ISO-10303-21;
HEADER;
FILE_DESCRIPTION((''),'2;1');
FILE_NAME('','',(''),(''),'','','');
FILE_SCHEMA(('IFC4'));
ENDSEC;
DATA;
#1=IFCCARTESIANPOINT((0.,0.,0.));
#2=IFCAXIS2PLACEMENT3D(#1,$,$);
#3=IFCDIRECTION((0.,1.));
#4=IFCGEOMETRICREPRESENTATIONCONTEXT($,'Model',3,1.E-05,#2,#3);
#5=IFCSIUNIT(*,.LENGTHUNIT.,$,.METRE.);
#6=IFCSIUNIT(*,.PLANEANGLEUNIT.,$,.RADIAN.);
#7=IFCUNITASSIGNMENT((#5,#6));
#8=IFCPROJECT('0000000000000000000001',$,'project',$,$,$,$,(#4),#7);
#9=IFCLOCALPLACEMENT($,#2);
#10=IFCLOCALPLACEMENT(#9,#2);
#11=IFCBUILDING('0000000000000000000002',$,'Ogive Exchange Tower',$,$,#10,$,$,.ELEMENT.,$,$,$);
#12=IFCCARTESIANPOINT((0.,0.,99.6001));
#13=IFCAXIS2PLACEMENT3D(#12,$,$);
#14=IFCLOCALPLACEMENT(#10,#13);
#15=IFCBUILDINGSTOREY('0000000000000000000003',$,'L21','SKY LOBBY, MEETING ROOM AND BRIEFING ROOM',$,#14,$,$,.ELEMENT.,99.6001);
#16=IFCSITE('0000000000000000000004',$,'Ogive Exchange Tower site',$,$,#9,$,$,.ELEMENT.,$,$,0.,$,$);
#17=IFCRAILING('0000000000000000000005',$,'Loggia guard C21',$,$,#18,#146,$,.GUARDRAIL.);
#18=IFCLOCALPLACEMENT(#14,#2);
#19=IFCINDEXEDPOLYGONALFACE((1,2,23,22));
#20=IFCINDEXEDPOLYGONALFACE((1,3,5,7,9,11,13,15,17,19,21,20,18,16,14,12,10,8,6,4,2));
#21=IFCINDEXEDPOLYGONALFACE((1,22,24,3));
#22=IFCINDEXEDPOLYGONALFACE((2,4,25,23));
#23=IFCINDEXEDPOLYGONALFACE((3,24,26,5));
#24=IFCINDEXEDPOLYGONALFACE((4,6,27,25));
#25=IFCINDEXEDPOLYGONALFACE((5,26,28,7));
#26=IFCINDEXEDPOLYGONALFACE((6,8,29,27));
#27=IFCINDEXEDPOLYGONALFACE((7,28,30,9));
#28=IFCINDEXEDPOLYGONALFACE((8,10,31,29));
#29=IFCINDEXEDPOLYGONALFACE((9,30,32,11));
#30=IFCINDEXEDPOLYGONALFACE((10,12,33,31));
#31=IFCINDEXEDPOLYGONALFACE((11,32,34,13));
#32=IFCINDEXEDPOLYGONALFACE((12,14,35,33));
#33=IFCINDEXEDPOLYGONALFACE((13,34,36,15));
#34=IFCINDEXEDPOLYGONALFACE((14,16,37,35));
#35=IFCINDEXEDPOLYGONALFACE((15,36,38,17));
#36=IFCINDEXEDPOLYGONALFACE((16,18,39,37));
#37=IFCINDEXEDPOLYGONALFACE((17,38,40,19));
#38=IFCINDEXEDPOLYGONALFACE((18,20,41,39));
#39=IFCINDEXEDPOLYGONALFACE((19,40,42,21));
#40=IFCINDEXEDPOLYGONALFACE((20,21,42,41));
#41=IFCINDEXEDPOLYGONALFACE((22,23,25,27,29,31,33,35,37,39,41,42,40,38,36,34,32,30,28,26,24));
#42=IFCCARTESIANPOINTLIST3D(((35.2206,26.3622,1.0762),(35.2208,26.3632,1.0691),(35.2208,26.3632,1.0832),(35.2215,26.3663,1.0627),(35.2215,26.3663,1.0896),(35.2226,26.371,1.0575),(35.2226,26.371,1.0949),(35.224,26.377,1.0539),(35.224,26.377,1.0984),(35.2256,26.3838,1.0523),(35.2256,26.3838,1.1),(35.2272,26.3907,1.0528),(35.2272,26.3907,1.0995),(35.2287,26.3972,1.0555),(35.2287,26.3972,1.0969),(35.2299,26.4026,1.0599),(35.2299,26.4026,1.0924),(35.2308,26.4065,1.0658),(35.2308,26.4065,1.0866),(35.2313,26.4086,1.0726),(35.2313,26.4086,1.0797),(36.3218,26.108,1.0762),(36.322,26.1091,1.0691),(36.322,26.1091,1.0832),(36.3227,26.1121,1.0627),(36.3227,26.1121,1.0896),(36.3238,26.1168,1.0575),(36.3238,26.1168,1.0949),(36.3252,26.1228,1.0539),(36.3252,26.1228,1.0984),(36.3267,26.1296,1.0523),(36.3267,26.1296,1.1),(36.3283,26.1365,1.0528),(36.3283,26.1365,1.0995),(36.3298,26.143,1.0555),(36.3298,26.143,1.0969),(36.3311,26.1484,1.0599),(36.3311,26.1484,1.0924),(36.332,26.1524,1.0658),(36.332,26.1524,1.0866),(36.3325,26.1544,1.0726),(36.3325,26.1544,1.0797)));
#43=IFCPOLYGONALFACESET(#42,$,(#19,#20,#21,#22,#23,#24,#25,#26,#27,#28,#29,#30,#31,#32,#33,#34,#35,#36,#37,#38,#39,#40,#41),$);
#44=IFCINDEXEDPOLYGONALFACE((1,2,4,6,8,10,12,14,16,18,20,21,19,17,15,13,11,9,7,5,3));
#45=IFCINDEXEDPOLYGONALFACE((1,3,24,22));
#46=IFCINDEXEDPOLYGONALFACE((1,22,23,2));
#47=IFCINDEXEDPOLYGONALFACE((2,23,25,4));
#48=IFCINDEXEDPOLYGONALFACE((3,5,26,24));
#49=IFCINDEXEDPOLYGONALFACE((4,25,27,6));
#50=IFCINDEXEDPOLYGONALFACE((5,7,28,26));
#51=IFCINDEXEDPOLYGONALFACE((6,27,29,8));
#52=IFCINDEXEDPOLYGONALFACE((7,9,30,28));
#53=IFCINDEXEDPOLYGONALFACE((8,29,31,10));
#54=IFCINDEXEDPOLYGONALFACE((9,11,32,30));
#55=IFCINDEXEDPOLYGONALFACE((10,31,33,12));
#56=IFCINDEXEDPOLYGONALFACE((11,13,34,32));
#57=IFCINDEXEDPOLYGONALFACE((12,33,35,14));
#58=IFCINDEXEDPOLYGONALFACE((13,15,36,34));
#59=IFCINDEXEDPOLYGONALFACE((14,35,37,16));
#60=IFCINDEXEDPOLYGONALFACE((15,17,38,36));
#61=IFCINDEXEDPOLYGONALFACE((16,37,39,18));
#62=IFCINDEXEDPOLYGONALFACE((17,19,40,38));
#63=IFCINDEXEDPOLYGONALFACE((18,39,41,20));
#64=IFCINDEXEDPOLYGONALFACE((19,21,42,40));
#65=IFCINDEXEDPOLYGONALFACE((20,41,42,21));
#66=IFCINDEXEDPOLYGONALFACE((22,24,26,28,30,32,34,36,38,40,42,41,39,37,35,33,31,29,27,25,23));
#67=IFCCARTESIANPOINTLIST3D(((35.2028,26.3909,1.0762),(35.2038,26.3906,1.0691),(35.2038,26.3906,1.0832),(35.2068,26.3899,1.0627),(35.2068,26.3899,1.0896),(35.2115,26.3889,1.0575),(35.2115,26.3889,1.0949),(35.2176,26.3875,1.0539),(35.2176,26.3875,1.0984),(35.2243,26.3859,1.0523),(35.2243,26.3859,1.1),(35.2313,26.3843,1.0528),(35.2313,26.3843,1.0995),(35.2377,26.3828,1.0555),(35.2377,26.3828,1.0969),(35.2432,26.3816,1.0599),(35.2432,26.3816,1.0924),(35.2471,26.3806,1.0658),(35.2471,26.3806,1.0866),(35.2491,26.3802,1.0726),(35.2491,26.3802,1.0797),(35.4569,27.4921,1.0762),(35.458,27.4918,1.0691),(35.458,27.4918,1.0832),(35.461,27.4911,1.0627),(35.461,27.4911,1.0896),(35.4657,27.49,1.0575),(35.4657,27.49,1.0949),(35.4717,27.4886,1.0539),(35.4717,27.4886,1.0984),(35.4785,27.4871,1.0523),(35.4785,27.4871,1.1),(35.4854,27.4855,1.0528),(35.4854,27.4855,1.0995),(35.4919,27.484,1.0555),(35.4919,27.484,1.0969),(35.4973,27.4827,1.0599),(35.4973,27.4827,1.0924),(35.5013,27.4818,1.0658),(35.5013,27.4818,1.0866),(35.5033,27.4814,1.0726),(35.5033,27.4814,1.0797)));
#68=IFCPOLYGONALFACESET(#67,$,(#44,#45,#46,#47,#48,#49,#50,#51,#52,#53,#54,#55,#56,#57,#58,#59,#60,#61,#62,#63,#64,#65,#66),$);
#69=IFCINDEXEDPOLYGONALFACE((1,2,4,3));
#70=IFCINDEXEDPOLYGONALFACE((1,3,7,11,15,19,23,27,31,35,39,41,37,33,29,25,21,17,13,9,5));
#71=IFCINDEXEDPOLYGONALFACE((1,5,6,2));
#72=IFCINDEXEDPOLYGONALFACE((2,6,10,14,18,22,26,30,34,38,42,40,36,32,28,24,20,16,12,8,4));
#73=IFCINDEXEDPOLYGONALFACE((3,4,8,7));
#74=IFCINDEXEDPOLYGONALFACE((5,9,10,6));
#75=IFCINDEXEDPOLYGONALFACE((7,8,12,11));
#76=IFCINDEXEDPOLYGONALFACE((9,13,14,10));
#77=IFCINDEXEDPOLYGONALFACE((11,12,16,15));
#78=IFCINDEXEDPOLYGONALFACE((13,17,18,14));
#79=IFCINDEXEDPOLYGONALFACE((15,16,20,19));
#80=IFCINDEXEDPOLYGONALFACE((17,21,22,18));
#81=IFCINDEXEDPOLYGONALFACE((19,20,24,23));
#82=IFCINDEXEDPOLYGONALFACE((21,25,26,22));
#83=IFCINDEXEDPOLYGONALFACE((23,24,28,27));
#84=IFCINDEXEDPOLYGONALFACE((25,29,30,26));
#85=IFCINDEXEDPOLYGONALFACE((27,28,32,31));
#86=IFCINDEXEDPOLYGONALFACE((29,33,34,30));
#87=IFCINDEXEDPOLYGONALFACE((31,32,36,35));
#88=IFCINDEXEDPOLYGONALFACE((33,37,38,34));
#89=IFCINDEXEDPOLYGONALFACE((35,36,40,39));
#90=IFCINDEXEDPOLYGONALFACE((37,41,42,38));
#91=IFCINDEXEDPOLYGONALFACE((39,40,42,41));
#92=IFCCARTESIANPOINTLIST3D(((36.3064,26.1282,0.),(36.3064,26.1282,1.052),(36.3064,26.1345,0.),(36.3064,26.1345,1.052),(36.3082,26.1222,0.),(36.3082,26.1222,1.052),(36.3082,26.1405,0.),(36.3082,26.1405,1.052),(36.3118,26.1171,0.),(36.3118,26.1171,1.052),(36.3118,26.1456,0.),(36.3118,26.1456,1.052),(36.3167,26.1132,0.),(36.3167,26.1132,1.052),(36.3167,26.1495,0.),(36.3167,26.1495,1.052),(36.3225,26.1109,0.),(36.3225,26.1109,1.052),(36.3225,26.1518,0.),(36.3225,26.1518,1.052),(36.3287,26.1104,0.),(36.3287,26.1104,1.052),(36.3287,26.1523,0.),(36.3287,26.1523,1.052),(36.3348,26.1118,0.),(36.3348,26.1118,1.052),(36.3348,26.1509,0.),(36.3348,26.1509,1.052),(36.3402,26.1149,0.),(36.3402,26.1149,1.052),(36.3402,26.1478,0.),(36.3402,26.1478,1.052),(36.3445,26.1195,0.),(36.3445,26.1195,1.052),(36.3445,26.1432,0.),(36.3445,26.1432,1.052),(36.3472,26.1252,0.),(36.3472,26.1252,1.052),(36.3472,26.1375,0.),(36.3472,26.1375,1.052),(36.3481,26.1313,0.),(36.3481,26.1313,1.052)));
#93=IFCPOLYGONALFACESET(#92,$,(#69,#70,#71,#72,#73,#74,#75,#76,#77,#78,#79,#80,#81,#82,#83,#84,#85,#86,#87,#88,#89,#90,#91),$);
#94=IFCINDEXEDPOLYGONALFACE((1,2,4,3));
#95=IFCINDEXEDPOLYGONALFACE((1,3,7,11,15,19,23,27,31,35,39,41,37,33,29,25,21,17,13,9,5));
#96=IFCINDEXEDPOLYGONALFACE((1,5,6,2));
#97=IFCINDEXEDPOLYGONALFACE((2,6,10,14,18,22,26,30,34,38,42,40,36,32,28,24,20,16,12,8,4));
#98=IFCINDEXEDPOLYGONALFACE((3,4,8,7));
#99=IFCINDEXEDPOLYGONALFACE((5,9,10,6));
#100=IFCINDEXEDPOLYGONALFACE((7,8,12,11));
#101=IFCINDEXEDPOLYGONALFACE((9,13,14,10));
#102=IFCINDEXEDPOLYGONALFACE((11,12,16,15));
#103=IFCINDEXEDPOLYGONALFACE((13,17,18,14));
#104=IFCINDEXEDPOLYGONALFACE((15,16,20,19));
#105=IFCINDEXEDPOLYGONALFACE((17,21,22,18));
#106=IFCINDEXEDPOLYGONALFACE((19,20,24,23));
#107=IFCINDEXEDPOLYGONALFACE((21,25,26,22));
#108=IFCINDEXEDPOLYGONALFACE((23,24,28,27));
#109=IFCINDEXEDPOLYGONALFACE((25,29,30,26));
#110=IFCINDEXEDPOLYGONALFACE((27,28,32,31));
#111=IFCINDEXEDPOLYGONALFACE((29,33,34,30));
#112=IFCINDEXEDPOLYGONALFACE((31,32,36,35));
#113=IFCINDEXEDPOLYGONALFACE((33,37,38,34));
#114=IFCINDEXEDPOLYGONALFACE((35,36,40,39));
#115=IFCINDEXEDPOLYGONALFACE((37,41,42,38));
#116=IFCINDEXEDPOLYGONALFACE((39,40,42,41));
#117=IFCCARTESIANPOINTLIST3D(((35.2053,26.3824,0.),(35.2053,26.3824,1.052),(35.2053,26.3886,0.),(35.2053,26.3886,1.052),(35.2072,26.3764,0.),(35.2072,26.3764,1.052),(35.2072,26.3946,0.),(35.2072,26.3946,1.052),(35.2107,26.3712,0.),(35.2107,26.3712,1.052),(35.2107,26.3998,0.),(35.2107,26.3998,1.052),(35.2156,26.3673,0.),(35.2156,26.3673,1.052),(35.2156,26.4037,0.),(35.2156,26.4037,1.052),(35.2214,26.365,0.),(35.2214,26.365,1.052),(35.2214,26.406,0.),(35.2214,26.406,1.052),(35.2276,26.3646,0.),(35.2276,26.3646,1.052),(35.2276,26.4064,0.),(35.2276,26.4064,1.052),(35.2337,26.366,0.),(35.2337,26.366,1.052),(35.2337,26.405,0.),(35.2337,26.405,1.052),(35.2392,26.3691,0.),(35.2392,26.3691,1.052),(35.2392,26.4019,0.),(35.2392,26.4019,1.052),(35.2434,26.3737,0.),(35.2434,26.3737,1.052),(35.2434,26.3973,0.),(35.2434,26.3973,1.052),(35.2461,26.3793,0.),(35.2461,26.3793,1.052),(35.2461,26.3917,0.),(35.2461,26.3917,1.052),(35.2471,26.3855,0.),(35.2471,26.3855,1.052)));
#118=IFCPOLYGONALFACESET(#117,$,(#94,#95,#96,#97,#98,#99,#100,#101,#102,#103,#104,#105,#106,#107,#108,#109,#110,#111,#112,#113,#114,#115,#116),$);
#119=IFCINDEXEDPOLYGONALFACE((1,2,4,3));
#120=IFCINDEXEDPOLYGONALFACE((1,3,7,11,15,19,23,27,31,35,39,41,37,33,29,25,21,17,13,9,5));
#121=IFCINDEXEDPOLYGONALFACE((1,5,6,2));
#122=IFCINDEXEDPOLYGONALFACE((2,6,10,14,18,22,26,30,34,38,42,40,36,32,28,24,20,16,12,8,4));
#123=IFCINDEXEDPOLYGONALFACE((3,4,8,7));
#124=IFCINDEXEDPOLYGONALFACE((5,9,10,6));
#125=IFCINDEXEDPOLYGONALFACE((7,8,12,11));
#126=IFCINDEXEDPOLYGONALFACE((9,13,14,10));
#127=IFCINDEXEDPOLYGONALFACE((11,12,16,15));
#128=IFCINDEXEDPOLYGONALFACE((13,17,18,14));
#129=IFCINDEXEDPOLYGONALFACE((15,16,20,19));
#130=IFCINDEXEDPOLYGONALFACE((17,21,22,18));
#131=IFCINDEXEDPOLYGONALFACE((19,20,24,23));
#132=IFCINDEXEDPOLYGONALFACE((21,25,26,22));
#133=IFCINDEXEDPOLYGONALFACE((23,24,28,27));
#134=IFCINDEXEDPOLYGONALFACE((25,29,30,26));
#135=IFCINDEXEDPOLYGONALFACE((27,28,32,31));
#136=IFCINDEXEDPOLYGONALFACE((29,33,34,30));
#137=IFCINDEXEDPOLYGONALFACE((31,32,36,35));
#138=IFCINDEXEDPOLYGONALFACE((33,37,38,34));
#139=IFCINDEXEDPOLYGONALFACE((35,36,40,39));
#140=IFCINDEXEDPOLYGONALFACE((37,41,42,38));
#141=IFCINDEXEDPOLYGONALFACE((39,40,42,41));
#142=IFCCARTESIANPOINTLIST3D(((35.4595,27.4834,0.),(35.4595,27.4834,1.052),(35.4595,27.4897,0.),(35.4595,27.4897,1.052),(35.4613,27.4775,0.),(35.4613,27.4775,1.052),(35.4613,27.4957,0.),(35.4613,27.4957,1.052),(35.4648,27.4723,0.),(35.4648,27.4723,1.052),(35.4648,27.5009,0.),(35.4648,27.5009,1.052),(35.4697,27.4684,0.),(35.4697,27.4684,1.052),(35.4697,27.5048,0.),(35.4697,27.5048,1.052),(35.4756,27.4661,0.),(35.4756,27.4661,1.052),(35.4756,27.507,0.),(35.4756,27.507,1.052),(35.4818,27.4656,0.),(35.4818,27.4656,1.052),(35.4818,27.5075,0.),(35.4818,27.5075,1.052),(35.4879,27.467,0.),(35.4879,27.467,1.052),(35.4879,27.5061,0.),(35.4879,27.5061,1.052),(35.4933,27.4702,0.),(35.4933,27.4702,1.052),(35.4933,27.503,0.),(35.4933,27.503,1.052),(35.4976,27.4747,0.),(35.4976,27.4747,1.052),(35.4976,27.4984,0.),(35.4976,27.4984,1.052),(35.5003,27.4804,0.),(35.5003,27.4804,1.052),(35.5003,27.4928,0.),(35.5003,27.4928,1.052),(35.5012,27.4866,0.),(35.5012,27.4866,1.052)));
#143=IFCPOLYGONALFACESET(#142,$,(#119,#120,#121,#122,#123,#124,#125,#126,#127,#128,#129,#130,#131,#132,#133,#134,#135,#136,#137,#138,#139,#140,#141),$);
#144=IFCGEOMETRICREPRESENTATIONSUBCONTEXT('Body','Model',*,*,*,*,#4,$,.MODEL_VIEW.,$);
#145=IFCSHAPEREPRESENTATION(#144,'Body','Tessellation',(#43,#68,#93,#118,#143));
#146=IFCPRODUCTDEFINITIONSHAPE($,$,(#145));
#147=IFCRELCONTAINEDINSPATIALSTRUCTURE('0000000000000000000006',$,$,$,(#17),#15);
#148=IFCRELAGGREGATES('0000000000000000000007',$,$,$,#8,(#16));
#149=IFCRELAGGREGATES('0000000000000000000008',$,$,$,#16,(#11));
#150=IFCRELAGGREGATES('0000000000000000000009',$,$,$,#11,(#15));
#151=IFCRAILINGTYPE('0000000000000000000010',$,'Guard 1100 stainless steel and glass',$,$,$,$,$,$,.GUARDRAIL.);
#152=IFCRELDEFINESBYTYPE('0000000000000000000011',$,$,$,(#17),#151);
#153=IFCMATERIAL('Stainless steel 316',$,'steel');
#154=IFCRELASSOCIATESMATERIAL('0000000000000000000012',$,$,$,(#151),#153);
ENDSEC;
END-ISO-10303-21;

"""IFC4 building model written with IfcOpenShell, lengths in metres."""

from ifc_helpers import new_model, si_unit, direction, frame, origin, origin_2d, place, context, subcontext, project, spatial, circle, extrude, material, type_object, element, save


model = new_model("IFC4")

# Units and contexts
model_context = context("Model", 3, precision=1e-05, world=origin(), true_north=direction((0.0, 1.0)))
body_context = subcontext(model_context, "Body", "Model", "MODEL_VIEW")
ifc_project = project(units=[si_unit("LENGTHUNIT", "METRE"), si_unit("PLANEANGLEUNIT", "RADIAN")], contexts=[model_context])

# Site, building, storey
site_placement = place(None, origin())
site = spatial("IfcSite", under=ifc_project, at=site_placement, Name="Ogive Exchange Tower site", CompositionType="ELEMENT", RefElevation=0.0)
building_placement = place(site_placement, origin())
building = spatial("IfcBuilding", under=site, at=building_placement, Name="Ogive Exchange Tower", CompositionType="ELEMENT")
storey_placement = place(building_placement, frame((0.0, 0.0, 99.6001)))
storey = spatial("IfcBuildingStorey", under=building, at=storey_placement, Name="L21", Description="SKY LOBBY, MEETING ROOM AND BRIEFING ROOM", CompositionType="ELEMENT", Elevation=99.6001)

# Railing
ifc_material_1 = material(Name="Stainless steel 316", Category="steel")
railing_type = type_object("IfcRailingType", Name="Guard 1100 stainless steel and glass", PredefinedType="GUARDRAIL", material=ifc_material_1)
for number, where, name in (
    (1, (36.3271, 26.1313, 0.0), "Loggia guard C21"),
):
    element("IfcRailing", number, at=place(storey_placement, frame(where)), inside=storey, type_object=railing_type, Name=name, PredefinedType="GUARDRAIL", context=body_context, shape_type="SweptSolid", body=[
        extrude(circle(Radius=0.0239, at=origin_2d()), frame((0.0, 0.0, 1.0762), z_axis=(-0.97438, 0.224907, 0.0), x_axis=(-0.224907, -0.97438, 0.0)), (0.0, 0.0, 1.0), 1.1301),
        extrude(circle(Radius=0.0239, at=origin_2d()), frame((-1.1011, 0.2542, 1.0762), z_axis=(0.224907, 0.97438, 0.0), x_axis=(-0.97438, 0.224907, 0.0)), (0.0, 0.0, 1.0), 1.1301),
        extrude(circle(Radius=0.021, at=origin_2d()), origin(), (0.0, 0.0, 1.0), 1.052),
        extrude(circle(Radius=0.021, at=origin_2d()), frame((-1.1011, 0.2542, 0.0)), (0.0, 0.0, 1.0), 1.052),
        extrude(circle(Radius=0.021, at=origin_2d()), frame((-0.8469, 1.3552, 0.0)), (0.0, 0.0, 1.0), 1.052),
    ])

save(model, "model.ifc")
